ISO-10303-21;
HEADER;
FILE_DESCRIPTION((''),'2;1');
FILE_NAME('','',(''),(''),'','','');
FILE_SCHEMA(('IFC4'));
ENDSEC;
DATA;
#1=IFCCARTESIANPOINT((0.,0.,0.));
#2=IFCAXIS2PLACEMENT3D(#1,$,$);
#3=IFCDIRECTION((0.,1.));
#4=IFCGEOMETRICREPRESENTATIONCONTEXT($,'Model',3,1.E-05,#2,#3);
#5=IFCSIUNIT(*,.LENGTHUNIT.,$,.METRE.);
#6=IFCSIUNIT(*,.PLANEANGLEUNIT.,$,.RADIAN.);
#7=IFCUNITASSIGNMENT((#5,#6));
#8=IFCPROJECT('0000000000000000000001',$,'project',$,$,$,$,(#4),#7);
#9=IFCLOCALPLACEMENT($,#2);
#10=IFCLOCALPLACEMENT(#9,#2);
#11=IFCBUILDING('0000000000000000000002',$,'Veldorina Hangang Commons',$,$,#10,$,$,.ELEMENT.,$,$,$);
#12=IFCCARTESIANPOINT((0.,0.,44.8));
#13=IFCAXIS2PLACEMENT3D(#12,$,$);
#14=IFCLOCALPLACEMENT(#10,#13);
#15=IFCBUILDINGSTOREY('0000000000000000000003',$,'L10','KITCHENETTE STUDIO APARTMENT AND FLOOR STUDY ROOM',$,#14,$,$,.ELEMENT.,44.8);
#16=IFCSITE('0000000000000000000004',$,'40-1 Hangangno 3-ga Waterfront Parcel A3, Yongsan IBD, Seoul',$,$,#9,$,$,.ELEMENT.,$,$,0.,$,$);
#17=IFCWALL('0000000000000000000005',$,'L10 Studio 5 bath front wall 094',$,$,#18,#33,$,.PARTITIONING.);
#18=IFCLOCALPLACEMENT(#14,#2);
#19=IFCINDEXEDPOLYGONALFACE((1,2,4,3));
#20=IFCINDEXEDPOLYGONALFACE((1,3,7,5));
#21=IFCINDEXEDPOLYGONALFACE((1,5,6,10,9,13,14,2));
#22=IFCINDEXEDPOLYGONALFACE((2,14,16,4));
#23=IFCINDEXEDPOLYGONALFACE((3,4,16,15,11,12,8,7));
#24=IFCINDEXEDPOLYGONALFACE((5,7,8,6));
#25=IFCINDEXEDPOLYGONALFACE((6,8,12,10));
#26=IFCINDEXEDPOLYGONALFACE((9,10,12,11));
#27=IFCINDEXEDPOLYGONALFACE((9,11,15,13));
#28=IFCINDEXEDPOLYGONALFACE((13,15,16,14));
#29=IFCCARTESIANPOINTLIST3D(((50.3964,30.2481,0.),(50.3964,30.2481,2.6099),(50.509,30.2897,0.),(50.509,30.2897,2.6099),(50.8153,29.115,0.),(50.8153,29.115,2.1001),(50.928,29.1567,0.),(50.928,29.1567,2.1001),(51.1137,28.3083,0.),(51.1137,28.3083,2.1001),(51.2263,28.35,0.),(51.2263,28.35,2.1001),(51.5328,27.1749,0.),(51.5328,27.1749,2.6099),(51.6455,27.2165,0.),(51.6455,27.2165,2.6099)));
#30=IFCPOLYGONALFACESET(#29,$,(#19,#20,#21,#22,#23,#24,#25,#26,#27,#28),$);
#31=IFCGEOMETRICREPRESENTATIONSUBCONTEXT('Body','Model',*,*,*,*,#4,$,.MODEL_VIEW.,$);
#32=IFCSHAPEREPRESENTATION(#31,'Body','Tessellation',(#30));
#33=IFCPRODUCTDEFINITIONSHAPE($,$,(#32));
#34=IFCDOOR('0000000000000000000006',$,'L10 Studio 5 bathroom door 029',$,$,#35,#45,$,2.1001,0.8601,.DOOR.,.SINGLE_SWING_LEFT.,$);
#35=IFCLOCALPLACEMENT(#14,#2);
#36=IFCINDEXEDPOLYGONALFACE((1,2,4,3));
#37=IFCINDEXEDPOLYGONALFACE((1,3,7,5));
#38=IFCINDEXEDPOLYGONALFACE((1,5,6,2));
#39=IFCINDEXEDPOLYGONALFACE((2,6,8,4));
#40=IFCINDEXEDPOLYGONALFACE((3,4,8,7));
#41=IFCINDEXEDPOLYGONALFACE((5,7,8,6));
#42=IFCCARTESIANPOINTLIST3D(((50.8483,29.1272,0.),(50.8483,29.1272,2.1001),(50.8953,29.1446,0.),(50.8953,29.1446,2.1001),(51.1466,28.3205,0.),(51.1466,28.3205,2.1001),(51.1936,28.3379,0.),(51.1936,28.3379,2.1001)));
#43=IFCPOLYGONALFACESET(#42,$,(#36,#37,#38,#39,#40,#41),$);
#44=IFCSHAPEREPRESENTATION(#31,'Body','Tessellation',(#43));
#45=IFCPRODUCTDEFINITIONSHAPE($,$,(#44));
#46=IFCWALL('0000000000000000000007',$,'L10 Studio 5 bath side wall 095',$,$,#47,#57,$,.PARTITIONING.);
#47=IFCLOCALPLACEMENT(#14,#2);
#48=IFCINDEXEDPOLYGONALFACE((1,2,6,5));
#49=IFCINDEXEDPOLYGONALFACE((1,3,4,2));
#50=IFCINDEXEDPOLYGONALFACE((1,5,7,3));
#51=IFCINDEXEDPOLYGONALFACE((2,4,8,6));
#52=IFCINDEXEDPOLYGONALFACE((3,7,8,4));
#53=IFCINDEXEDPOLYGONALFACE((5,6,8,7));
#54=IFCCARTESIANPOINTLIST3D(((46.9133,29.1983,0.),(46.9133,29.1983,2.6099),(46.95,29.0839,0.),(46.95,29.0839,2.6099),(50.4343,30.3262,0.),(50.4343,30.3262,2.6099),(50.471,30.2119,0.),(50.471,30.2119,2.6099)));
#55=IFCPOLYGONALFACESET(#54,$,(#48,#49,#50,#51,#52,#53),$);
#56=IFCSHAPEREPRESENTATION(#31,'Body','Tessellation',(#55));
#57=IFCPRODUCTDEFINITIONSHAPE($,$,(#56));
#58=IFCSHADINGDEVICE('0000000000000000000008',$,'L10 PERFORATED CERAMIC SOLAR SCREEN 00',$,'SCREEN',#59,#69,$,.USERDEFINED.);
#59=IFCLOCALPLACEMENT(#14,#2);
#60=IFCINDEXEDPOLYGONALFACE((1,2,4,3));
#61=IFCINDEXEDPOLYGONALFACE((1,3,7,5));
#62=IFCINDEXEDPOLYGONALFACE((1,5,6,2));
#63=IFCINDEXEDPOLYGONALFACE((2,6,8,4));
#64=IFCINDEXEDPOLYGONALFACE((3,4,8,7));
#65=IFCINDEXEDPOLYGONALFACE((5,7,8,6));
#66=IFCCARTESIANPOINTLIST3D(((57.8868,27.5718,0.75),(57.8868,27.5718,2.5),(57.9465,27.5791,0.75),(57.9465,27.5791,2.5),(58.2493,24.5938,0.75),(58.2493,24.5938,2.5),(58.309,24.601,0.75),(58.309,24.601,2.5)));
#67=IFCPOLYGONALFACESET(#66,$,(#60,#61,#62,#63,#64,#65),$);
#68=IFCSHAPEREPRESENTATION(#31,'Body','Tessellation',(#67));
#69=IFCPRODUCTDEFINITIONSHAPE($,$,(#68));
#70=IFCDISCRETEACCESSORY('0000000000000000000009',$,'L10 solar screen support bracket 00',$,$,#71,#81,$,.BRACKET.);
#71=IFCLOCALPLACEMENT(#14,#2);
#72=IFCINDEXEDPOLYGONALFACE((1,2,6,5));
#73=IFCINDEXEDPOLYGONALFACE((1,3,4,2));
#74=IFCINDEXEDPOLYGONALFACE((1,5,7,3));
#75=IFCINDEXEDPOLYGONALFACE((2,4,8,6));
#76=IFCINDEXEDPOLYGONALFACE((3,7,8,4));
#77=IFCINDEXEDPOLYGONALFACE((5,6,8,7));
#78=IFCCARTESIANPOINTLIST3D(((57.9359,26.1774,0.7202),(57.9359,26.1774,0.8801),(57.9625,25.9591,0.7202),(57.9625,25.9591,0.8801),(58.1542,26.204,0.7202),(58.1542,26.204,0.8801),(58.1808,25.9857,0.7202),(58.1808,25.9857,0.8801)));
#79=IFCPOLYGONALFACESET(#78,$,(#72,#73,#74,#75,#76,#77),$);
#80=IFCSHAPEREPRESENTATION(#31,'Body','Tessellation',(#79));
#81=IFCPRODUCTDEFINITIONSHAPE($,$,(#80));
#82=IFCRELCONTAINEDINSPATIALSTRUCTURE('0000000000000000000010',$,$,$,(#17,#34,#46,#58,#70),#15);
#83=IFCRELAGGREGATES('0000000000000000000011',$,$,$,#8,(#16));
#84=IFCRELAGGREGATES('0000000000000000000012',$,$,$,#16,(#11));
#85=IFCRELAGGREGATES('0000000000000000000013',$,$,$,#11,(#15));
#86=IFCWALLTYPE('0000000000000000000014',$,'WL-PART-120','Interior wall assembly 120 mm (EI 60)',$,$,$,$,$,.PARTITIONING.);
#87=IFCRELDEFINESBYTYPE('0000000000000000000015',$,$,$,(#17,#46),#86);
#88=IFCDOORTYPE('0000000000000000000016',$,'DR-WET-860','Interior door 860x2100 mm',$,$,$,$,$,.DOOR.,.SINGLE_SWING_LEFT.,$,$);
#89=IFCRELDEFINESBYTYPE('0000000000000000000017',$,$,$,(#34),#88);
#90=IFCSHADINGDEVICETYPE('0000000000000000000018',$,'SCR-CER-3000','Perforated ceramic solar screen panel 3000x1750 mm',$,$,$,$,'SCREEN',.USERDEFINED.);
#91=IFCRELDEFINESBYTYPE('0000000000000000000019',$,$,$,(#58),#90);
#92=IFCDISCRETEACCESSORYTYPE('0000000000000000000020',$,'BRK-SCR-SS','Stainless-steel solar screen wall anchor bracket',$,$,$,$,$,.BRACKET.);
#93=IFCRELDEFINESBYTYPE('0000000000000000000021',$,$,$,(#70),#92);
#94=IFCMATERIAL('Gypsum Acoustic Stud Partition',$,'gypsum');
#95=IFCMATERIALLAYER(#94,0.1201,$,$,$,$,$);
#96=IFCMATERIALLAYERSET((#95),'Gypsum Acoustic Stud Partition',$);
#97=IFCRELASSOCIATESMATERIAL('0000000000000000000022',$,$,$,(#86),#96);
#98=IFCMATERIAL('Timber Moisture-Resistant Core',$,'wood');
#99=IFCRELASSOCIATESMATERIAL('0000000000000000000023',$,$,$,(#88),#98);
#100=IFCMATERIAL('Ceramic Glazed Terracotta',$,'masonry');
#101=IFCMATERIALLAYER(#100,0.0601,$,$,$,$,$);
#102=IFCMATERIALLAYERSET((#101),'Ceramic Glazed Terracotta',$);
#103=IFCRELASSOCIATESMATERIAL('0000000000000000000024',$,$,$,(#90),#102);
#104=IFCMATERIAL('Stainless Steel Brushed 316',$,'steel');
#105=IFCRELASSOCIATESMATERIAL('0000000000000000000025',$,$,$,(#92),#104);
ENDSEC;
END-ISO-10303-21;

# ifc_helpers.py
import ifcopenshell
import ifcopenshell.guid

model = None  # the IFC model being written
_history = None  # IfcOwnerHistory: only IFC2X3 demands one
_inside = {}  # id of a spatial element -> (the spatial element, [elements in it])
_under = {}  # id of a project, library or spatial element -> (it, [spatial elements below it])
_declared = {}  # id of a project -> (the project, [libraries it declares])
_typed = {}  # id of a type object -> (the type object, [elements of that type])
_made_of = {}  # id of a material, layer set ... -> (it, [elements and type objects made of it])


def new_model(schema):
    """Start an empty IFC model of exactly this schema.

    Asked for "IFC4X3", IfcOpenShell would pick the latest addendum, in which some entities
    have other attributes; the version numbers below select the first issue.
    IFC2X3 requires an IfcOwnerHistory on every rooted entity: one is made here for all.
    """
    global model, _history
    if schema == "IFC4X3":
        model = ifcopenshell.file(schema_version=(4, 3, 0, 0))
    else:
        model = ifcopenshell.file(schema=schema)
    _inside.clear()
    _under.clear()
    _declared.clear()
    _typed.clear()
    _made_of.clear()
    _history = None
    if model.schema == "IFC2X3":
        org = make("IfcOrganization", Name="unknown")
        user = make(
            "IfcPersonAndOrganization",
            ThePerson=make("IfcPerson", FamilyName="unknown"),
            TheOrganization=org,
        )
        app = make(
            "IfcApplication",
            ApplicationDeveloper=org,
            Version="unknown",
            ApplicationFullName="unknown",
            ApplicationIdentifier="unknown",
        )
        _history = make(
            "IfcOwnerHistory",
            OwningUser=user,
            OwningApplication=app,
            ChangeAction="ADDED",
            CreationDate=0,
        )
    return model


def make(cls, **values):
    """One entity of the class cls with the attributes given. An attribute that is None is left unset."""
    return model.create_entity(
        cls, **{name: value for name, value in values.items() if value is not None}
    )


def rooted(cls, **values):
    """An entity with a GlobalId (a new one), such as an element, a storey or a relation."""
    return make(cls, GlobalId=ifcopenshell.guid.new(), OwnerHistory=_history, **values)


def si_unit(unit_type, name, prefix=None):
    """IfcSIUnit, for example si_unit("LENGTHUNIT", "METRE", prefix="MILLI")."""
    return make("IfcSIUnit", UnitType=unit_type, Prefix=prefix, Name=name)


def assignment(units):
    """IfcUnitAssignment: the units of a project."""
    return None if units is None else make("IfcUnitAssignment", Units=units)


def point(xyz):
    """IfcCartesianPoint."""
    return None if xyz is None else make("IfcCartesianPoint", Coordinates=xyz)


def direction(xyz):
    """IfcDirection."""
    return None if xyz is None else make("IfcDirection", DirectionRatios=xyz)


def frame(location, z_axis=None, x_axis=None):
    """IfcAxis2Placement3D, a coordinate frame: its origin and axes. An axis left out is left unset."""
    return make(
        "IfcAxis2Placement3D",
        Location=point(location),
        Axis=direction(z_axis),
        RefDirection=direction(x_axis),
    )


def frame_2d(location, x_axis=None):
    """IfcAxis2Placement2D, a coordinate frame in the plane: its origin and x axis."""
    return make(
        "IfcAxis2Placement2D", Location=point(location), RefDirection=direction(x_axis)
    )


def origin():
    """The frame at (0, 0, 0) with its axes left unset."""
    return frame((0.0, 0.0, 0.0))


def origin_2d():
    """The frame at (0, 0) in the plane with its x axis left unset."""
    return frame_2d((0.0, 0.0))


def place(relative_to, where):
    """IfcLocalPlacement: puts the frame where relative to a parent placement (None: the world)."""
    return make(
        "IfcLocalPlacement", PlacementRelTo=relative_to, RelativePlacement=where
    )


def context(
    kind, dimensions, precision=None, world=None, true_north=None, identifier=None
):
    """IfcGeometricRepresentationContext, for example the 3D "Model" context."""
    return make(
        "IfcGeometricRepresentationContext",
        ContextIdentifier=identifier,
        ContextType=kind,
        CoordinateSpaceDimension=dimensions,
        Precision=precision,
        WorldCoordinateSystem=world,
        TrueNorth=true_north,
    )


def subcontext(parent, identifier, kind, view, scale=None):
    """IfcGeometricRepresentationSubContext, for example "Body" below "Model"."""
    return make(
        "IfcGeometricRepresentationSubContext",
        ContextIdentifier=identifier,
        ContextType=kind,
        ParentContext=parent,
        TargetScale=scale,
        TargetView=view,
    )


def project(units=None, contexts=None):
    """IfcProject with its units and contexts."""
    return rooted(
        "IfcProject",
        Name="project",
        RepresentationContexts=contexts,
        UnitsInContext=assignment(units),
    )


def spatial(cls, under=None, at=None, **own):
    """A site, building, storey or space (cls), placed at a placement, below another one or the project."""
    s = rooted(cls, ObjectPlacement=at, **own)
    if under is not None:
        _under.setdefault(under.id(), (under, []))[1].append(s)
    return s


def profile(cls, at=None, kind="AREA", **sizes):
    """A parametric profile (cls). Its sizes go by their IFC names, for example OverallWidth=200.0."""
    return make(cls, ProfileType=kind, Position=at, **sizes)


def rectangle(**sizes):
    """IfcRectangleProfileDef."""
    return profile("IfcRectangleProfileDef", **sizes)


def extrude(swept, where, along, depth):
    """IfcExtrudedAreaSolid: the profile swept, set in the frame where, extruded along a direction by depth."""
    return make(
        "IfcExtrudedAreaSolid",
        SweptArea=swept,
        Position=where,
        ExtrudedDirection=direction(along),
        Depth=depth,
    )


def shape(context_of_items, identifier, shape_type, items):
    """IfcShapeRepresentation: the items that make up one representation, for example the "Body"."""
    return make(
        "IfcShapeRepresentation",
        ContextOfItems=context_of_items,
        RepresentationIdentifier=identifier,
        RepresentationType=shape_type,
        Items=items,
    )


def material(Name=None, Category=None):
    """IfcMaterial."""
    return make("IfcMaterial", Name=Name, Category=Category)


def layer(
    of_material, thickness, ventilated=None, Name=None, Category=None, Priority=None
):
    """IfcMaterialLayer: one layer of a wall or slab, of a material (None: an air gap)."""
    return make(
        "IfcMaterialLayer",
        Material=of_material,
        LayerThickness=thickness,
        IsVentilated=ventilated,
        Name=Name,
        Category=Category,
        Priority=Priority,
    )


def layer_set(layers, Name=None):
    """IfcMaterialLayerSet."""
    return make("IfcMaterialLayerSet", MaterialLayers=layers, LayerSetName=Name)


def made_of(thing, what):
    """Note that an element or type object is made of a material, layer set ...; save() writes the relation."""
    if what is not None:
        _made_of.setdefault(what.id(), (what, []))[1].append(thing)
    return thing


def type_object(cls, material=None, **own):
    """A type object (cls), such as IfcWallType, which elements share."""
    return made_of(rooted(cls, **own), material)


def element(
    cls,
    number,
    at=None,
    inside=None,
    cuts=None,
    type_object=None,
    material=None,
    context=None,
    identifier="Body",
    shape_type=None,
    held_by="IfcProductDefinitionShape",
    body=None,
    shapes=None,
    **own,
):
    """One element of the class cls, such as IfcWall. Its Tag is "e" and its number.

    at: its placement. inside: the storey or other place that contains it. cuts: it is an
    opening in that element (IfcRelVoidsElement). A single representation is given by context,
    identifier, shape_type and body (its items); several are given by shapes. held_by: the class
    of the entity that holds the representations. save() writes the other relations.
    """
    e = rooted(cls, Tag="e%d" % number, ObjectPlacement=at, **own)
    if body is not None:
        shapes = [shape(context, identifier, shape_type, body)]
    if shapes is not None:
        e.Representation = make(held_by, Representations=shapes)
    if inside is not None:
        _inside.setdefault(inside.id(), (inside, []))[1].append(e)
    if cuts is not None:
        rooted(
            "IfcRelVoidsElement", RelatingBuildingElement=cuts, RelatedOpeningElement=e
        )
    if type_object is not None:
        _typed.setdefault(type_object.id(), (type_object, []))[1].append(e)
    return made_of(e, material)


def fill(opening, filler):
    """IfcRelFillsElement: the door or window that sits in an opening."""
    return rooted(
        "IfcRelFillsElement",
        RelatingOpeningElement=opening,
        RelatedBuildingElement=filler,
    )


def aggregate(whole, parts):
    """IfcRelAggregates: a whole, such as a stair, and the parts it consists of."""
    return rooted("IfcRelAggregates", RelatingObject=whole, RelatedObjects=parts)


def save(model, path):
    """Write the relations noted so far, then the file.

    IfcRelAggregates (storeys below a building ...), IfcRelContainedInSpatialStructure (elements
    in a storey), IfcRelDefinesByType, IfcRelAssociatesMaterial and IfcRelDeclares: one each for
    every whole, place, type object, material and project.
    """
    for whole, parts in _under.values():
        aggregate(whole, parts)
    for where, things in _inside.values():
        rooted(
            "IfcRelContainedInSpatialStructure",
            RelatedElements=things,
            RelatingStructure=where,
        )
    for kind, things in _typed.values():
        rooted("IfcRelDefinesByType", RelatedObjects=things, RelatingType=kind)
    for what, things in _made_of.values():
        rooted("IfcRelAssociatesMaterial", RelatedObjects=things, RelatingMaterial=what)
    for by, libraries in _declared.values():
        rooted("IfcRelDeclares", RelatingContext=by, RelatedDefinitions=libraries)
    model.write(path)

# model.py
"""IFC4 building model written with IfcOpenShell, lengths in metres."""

from ifc_helpers import new_model, si_unit, direction, frame, frame_2d, origin, origin_2d, place, context, subcontext, project, spatial, rectangle, extrude, material, layer, layer_set, type_object, element, fill, save


model = new_model("IFC4")

# Units and contexts
model_context = context("Model", 3, precision=1e-05, world=origin(), true_north=direction((0.0, 1.0)))
body_context = subcontext(model_context, "Body", "Model", "MODEL_VIEW")
ifc_project = project(units=[si_unit("LENGTHUNIT", "METRE"), si_unit("PLANEANGLEUNIT", "RADIAN")], contexts=[model_context])

# Site, building, storey
site_placement = place(None, origin())
site = spatial("IfcSite", under=ifc_project, at=site_placement, Name="40-1 Hangangno 3-ga Waterfront Parcel A3, Yongsan IBD, Seoul", CompositionType="ELEMENT", RefElevation=0.0)
building_placement = place(site_placement, origin())
building = spatial("IfcBuilding", under=site, at=building_placement, Name="Veldorina Hangang Commons", CompositionType="ELEMENT")
storey_placement = place(building_placement, frame((0.0, 0.0, 44.8)))
storey = spatial("IfcBuildingStorey", under=building, at=storey_placement, Name="L10", Description="KITCHENETTE STUDIO APARTMENT AND FLOOR STUDY ROOM", CompositionType="ELEMENT", Elevation=44.8)

# Shared definitions
ifc_material_1 = material(Name="Gypsum Acoustic Stud Partition", Category="gypsum")
ifc_layer_1 = layer(ifc_material_1, 0.1201)
ifc_layer_set_1 = layer_set([ifc_layer_1], Name="Gypsum Acoustic Stud Partition")
wall_type_1 = type_object("IfcWallType", Name="WL-PART-120", Description="Interior wall assembly 120 mm (EI 60)", PredefinedType="PARTITIONING", material=ifc_layer_set_1)

# Wall, opening, door
wall_1_placement = place(storey_placement, frame((51.5891, 27.1958, 0.0), z_axis=(0.0, 0.0, 1.0), x_axis=(-0.346841, 0.937924, 0.0)))
wall_1 = element("IfcWall", 1, at=wall_1_placement, inside=storey, type_object=wall_type_1, Name="L10 Studio 5 bath front wall 094", PredefinedType="PARTITIONING", context=body_context, shape_type="SweptSolid", body=[
    extrude(rectangle(XDim=3.2766, YDim=0.1201, at=frame_2d((1.6382, 0.0))), origin(), (0.0, 0.0, 1.0), 2.6099),
])
opening_1_placement = place(wall_1_placement, frame((1.2083, 0.0, 0.0)))
opening_1 = element("IfcOpeningElement", 2, at=opening_1_placement, cuts=wall_1, PredefinedType="OPENING", context=body_context, shape_type="SweptSolid", body=[
    extrude(rectangle(XDim=0.8601, YDim=2.1001, at=frame_2d((0.4302, 1.05))), frame((0.0, 0.0701, 0.0), z_axis=(0.0, -1.0, 0.0), x_axis=(1.0, 0.0, 0.0)), (0.0, 0.0, 1.0), 0.1401),
])
ifc_material_2 = material(Name="Timber Moisture-Resistant Core", Category="wood")
door_type_1 = type_object("IfcDoorType", Name="DR-WET-860", Description="Interior door 860x2100 mm", OperationType="SINGLE_SWING_LEFT", PredefinedType="DOOR", material=ifc_material_2)
door_1_placement = place(opening_1_placement, origin())
door_1 = element("IfcDoor", 3, at=door_1_placement, inside=storey, type_object=door_type_1, Name="L10 Studio 5 bathroom door 029", OperationType="SINGLE_SWING_LEFT", OverallHeight=2.1001, OverallWidth=0.8601, PredefinedType="DOOR", context=body_context, shape_type="SweptSolid", body=[
    extrude(rectangle(XDim=0.8601, YDim=2.1001, at=frame_2d((0.4302, 1.05))), frame((0.0, 0.0249, 0.0), z_axis=(0.0, -1.0, 0.0), x_axis=(1.0, 0.0, 0.0)), (0.0, 0.0, 1.0), 0.05),
])
fill(opening_1, door_1)

# Wall
wall_2_placement = place(storey_placement, frame((46.9316, 29.1411, 0.0), z_axis=(0.0, 0.0, 1.0), x_axis=(0.952329, 0.305073, 0.0)))
element("IfcWall", 4, at=wall_2_placement, inside=storey, type_object=wall_type_1, Name="L10 Studio 5 bath side wall 095", PredefinedType="PARTITIONING", context=body_context, shape_type="SweptSolid", body=[
    extrude(rectangle(XDim=3.6973, YDim=0.1201, at=frame_2d((1.8486, 0.0))), origin(), (0.0, 0.0, 1.0), 2.6099),
])

# Shading device
ifc_material_3 = material(Name="Ceramic Glazed Terracotta", Category="masonry")
ifc_layer_2 = layer(ifc_material_3, 0.0601)
ifc_layer_set_2 = layer_set([ifc_layer_2], Name="Ceramic Glazed Terracotta")
shading_device_type = type_object("IfcShadingDeviceType", Name="SCR-CER-3000", Description="Perforated ceramic solar screen panel 3000x1750 mm", ElementType="SCREEN", PredefinedType="USERDEFINED", material=ifc_layer_set_2)
shading_device_placement = place(storey_placement, frame((58.0979, 26.0864, 0.75), z_axis=(0.0, 0.0, 1.0), x_axis=(-0.12083, 0.992673, 0.0)))
element("IfcShadingDevice", 5, at=shading_device_placement, inside=storey, type_object=shading_device_type, Name="L10 PERFORATED CERAMIC SOLAR SCREEN 00", ObjectType="SCREEN", PredefinedType="USERDEFINED", context=body_context, shape_type="SweptSolid", body=[
    extrude(rectangle(XDim=3.0, YDim=0.0601, at=origin_2d()), origin(), (0.0, 0.0, 1.0), 1.75),
])

# Discrete accessory
ifc_material_4 = material(Name="Stainless Steel Brushed 316", Category="steel")
discrete_accessory_type = type_object("IfcDiscreteAccessoryType", Name="BRK-SCR-SS", Description="Stainless-steel solar screen wall anchor bracket", PredefinedType="BRACKET", material=ifc_material_4)
discrete_accessory_placement = place(storey_placement, frame((58.0583, 26.0815, 0.7202), z_axis=(0.0, 0.0, 1.0), x_axis=(-0.12083, 0.992673, 0.0)))
element("IfcDiscreteAccessory", 6, at=discrete_accessory_placement, inside=storey, type_object=discrete_accessory_type, Name="L10 solar screen support bracket 00", PredefinedType="BRACKET", context=body_context, shape_type="SweptSolid", body=[
    extrude(rectangle(XDim=0.22, YDim=0.22, at=origin_2d()), origin(), (0.0, 0.0, 1.0), 0.1599),
])

save(model, "model.ifc")
